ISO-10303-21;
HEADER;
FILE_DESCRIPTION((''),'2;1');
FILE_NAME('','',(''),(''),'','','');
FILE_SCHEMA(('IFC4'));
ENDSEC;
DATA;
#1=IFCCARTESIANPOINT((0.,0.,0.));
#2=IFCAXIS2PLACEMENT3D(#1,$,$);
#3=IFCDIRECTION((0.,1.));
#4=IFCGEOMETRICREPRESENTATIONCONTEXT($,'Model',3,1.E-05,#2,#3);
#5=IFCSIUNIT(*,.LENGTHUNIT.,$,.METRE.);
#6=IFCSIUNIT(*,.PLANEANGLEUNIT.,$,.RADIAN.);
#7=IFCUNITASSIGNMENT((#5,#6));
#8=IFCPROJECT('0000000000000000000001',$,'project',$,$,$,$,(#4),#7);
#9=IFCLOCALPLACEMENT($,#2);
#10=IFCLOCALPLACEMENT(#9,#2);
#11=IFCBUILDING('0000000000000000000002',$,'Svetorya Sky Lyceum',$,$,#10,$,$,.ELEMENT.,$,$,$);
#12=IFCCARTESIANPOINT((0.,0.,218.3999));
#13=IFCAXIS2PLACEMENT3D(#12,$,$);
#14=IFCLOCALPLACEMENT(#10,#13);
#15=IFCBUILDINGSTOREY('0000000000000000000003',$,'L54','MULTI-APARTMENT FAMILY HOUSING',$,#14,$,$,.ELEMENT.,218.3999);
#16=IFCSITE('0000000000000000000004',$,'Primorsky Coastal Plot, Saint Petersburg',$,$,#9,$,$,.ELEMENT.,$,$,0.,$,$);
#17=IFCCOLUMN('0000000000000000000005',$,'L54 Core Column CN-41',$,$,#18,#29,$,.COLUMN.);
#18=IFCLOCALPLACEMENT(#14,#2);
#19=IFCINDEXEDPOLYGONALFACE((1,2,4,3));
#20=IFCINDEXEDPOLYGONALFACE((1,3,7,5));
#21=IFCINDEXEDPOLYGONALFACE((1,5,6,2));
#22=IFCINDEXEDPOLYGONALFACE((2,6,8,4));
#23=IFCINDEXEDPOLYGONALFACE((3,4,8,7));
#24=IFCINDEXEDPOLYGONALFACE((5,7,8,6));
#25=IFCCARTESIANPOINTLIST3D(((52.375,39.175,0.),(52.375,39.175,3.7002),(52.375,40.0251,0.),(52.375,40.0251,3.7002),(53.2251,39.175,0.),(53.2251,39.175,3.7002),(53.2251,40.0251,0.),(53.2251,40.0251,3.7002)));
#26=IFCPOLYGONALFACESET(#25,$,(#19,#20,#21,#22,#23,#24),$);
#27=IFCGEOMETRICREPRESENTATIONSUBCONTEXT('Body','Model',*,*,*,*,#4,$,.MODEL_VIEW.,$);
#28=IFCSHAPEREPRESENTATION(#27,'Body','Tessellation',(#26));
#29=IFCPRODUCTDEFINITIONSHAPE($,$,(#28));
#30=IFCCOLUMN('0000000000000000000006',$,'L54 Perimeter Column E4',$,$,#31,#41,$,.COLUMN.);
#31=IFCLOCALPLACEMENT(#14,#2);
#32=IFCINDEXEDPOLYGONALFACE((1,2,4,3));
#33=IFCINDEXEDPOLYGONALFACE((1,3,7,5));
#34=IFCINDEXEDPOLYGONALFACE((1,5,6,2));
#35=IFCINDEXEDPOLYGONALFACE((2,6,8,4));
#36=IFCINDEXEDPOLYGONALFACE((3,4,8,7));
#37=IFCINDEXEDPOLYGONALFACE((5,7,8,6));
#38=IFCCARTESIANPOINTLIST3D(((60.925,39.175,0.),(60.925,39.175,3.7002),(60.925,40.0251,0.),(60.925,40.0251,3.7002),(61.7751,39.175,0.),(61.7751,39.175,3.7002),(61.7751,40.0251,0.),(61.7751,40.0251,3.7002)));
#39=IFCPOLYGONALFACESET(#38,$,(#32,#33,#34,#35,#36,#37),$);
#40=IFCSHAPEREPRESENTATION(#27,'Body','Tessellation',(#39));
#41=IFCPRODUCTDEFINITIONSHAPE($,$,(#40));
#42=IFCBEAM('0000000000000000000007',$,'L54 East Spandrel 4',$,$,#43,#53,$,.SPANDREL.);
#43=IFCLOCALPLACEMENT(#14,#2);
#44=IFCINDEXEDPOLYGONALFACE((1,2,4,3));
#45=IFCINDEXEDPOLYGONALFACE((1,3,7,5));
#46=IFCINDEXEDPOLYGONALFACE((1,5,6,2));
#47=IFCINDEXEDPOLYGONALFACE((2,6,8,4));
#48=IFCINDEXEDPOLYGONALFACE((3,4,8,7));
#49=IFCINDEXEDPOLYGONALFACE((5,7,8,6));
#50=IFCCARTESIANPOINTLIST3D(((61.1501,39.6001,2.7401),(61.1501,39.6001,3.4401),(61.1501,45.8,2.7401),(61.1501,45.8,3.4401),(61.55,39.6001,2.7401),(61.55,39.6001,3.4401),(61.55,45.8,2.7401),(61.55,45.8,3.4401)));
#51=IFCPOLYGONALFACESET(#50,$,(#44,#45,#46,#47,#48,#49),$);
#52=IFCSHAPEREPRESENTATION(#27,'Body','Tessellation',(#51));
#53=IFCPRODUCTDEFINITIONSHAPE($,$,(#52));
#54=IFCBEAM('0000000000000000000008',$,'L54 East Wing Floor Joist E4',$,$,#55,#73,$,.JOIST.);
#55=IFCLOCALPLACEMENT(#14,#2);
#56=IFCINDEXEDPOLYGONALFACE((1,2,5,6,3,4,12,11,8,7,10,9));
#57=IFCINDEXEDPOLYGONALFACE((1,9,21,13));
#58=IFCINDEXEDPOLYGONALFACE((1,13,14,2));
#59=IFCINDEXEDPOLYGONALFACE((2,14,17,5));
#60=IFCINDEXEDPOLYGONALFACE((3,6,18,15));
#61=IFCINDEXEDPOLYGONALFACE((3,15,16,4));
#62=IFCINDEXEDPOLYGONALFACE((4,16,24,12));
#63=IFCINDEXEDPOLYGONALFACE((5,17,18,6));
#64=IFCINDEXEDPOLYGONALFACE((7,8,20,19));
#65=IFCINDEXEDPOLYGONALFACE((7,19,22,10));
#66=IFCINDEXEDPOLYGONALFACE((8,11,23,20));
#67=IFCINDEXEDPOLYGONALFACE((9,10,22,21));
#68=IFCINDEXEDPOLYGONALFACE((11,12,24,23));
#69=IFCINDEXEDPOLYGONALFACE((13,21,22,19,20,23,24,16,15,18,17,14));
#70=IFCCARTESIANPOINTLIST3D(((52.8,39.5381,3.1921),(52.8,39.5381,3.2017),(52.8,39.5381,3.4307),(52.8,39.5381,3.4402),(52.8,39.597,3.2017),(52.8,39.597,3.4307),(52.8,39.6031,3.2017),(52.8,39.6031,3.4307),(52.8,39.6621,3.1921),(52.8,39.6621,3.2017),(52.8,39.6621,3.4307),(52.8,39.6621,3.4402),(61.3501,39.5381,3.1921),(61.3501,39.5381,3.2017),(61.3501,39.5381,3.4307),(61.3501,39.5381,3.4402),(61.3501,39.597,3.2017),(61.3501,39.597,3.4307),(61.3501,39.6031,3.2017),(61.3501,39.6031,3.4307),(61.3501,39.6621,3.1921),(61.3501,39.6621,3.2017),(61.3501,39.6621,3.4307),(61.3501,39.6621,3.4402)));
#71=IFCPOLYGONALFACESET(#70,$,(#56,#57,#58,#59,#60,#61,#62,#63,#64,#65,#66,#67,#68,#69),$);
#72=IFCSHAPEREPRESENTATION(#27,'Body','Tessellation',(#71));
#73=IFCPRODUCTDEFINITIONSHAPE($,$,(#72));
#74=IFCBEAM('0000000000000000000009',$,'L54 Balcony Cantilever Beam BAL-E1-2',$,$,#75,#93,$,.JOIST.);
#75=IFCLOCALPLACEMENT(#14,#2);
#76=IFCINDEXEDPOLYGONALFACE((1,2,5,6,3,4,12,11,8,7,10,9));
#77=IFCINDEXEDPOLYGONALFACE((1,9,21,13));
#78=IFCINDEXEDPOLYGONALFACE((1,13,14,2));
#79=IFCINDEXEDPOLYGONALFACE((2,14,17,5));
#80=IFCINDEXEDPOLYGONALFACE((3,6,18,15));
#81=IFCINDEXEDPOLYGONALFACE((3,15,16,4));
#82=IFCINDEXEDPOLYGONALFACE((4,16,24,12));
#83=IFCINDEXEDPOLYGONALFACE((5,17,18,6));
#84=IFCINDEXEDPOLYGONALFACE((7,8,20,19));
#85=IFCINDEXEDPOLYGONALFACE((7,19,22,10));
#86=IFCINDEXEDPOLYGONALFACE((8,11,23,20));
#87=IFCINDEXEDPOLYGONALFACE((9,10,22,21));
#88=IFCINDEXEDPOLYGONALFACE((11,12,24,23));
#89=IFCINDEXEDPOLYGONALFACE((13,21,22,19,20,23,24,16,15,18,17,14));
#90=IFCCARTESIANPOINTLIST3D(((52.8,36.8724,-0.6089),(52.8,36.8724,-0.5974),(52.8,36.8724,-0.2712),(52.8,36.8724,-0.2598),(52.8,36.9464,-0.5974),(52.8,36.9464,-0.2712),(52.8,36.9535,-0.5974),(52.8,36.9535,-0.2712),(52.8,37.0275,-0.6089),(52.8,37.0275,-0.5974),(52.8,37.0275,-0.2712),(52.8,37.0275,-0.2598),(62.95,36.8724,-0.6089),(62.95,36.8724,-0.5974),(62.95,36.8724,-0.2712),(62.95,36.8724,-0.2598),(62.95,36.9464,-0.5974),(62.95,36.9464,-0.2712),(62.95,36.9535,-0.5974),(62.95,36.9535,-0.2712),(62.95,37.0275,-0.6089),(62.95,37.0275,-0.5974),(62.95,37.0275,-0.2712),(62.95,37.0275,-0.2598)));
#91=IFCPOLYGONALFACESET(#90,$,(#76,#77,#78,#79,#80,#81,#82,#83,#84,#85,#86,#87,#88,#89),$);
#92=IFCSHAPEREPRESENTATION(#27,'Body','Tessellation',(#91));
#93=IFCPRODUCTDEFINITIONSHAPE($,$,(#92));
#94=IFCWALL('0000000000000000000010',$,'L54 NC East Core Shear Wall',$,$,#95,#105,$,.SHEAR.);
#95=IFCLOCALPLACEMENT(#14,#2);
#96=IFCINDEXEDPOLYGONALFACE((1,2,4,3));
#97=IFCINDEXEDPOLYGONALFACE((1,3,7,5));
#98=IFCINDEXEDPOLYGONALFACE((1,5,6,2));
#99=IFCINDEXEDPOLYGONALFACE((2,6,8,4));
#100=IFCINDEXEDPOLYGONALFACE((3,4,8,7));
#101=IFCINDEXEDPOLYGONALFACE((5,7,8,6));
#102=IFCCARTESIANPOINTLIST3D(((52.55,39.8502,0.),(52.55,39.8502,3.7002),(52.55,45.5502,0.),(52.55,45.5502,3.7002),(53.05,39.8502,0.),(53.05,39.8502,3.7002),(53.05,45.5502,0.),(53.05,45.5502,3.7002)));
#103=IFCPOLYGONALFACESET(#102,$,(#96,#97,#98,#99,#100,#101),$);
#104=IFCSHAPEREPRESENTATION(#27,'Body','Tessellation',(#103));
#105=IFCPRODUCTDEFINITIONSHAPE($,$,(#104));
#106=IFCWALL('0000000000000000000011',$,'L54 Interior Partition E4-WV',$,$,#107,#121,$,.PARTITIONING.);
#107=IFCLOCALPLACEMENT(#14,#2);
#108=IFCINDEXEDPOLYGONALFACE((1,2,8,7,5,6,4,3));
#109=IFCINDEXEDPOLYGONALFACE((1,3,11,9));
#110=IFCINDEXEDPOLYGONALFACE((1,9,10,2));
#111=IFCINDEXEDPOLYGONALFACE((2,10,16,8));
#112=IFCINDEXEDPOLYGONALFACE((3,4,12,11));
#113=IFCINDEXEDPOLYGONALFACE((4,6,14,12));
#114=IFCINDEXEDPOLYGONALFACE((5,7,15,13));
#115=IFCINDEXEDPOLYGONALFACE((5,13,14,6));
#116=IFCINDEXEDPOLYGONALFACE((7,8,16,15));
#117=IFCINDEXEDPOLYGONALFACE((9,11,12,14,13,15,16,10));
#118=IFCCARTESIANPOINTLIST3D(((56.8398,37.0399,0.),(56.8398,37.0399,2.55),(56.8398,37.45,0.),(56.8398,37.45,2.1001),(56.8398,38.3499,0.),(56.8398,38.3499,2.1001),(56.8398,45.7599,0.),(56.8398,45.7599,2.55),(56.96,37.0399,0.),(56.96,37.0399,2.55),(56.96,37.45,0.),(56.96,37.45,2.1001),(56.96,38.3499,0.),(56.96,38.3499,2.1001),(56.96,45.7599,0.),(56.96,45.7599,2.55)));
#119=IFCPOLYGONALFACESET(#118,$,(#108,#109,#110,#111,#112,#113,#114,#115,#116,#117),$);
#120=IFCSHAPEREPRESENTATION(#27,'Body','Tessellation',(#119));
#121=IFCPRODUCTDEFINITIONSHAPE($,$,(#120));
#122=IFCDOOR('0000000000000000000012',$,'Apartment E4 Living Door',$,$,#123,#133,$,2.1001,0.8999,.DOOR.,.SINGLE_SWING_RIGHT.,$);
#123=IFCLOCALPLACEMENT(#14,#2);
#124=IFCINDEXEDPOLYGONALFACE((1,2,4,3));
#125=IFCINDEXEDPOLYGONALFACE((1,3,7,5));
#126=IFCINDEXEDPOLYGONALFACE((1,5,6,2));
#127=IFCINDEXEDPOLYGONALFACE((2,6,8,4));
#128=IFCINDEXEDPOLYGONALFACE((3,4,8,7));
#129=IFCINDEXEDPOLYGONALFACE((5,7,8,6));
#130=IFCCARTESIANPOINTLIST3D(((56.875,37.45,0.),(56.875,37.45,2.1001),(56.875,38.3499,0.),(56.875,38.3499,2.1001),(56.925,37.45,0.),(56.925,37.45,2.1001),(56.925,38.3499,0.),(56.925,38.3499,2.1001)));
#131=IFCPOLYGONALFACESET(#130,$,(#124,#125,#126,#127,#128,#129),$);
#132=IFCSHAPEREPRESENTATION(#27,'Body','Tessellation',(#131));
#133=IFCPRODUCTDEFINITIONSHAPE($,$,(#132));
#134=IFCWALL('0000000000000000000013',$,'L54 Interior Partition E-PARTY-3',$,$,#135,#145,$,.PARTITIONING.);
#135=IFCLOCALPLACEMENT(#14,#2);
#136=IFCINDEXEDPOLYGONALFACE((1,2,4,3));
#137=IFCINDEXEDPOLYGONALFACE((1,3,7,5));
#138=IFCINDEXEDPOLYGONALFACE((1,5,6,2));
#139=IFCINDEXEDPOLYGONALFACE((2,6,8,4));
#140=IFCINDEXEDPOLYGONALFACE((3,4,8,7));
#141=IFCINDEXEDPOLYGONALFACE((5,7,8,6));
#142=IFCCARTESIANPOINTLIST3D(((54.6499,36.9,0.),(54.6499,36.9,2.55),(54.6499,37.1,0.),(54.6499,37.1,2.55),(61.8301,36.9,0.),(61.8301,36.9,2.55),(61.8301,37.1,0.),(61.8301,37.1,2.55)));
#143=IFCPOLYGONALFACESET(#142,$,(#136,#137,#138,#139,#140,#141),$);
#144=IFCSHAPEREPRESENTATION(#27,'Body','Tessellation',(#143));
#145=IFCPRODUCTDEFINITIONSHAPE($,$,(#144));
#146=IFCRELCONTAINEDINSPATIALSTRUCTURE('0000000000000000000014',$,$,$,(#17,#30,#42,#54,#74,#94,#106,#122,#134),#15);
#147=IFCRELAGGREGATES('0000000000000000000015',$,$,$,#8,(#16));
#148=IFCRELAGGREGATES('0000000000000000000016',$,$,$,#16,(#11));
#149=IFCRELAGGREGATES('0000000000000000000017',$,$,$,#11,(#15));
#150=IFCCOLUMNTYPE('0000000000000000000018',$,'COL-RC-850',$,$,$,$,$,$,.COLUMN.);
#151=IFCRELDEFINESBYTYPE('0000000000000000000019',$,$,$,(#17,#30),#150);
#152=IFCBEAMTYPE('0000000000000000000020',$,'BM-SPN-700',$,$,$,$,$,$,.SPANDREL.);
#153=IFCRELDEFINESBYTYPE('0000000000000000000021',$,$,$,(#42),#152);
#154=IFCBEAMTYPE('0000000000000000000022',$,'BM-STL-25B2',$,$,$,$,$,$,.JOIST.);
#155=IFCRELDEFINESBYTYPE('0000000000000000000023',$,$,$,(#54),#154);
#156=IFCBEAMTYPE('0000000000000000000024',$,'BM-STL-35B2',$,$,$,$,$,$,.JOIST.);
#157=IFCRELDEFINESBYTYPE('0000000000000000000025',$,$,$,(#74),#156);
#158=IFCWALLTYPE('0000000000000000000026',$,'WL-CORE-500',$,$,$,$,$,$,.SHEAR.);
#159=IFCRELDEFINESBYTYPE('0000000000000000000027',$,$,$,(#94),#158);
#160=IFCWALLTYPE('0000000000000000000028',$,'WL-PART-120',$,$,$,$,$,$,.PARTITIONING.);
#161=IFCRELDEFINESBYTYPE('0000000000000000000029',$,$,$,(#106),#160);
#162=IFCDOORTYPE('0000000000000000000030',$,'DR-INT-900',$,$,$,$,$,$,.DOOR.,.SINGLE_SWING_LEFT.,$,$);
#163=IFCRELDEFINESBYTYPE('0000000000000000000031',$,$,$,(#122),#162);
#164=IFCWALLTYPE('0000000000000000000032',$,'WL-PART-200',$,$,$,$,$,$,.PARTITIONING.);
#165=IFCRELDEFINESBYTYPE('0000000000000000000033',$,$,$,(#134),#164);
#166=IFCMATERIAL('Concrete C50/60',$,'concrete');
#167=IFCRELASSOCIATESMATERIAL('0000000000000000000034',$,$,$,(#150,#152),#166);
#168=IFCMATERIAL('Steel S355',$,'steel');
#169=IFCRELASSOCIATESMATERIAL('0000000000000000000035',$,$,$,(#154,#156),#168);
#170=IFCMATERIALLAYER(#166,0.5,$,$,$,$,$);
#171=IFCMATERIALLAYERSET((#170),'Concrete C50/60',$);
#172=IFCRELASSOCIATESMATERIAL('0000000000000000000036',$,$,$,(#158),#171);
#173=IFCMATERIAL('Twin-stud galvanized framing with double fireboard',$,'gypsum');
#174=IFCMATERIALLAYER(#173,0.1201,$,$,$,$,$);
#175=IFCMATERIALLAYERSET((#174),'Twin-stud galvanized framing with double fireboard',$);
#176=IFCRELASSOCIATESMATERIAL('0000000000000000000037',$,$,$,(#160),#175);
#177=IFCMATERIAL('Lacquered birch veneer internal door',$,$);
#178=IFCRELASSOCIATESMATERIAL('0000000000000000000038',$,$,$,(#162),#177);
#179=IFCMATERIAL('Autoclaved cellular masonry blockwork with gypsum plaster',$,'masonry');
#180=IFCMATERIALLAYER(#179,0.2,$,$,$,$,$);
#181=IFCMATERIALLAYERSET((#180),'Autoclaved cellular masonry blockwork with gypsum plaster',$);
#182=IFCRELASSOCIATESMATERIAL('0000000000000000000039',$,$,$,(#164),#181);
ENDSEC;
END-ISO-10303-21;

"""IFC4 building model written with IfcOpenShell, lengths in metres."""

from ifc_helpers import new_model, si_unit, direction, frame, frame_2d, origin, origin_2d, place, context, subcontext, project, spatial, rectangle, i_section, extrude, material, layer, layer_set, material_profile, profile_set, type_object, element, fill, save


model = new_model("IFC4")

# Units and contexts
model_context = context("Model", 3, precision=1e-05, world=origin(), true_north=direction((0.0, 1.0)))
body_context = subcontext(model_context, "Body", "Model", "MODEL_VIEW")
ifc_project = project(units=[si_unit("LENGTHUNIT", "METRE"), si_unit("PLANEANGLEUNIT", "RADIAN")], contexts=[model_context])

# Site, building, storey
site_placement = place(None, origin())
site = spatial("IfcSite", under=ifc_project, at=site_placement, Name="Primorsky Coastal Plot, Saint Petersburg", CompositionType="ELEMENT", RefElevation=0.0)
building_placement = place(site_placement, origin())
building = spatial("IfcBuilding", under=site, at=building_placement, Name="Svetorya Sky Lyceum", CompositionType="ELEMENT")
storey_placement = place(building_placement, frame((0.0, 0.0, 218.3999)))
storey = spatial("IfcBuildingStorey", under=building, at=storey_placement, Name="L54", Description="MULTI-APARTMENT FAMILY HOUSING", CompositionType="ELEMENT", Elevation=218.3999)

# Columns
ifc_material_1 = material(Name="Concrete C50/60", Category="concrete")
ifc_material_profile_1 = material_profile(ifc_material_1, rectangle(XDim=0.8501, YDim=0.8501, at=origin_2d()), Name="RC COL 850x850")
ifc_profile_set_1 = profile_set([ifc_material_profile_1], Name="Concrete C50/60")
column_type = type_object("IfcColumnType", Name="COL-RC-850", PredefinedType="COLUMN", material=ifc_profile_set_1)
for number, where, z_axis, x_axis, name in (
    (1, (52.8, 39.6001, 0.0), (0.0, 0.0, 1.0), (1.0, 0.0, 0.0), "L54 Core Column CN-41"),
    (2, (61.3501, 39.6001, 0.0), (0.0, 0.0, 1.0), (1.0, 0.0, 0.0), "L54 Perimeter Column E4"),
):
    element("IfcColumn", number, at=place(storey_placement, frame(where, z_axis=z_axis, x_axis=x_axis)), inside=storey, type_object=column_type, Name=name, PredefinedType="COLUMN", context=body_context, shape_type="SweptSolid", body=[
        extrude(rectangle(XDim=0.8501, YDim=0.8501, at=origin_2d()), origin(), (0.0, 0.0, 1.0), 3.7002),
    ])

# Beams
ifc_material_profile_2 = material_profile(ifc_material_1, rectangle(XDim=0.3999, YDim=0.7, at=origin_2d()), Name="RC SPANDREL 400x700")
ifc_profile_set_2 = profile_set([ifc_material_profile_2], Name="Concrete C50/60")
beam_type_1 = type_object("IfcBeamType", Name="BM-SPN-700", PredefinedType="SPANDREL", material=ifc_profile_set_2)
beam_1_placement = place(storey_placement, frame((61.3501, 39.6001, 3.0901), z_axis=(0.0, 1.0, 0.0), x_axis=(-1.0, 0.0, 0.0)))
element("IfcBeam", 3, at=beam_1_placement, inside=storey, type_object=beam_type_1, Name="L54 East Spandrel 4", PredefinedType="SPANDREL", context=body_context, shape_type="SweptSolid", body=[
    extrude(rectangle(XDim=0.3999, YDim=0.7, at=origin_2d()), origin(), (0.0, 0.0, 1.0), 6.2),
])
ifc_material_2 = material(Name="Steel S355", Category="steel")
ifc_material_profile_3 = material_profile(ifc_material_2, i_section(OverallWidth=0.124, OverallDepth=0.248, WebThickness=0.0061, FlangeThickness=0.0095, at=origin_2d()), Name="GOST 25B2")
ifc_profile_set_3 = profile_set([ifc_material_profile_3], Name="Steel S355")
beam_type_2 = type_object("IfcBeamType", Name="BM-STL-25B2", PredefinedType="JOIST", material=ifc_profile_set_3)
beam_2_placement = place(storey_placement, frame((52.8, 39.6001, 3.3162), z_axis=(1.0, 0.0, 0.0), x_axis=(0.0, 1.0, 0.0)))
element("IfcBeam", 4, at=beam_2_placement, inside=storey, type_object=beam_type_2, Name="L54 East Wing Floor Joist E4", PredefinedType="JOIST", context=body_context, shape_type="SweptSolid", body=[
    extrude(i_section(OverallWidth=0.124, OverallDepth=0.248, WebThickness=0.0061, FlangeThickness=0.0095, at=origin_2d()), origin(), (0.0, 0.0, 1.0), 8.55),
])
ifc_material_profile_4 = material_profile(ifc_material_2, i_section(OverallWidth=0.155, OverallDepth=0.3491, WebThickness=0.0071, FlangeThickness=0.0115, at=origin_2d()), Name="GOST 35B2")
ifc_profile_set_4 = profile_set([ifc_material_profile_4], Name="Steel S355")
beam_type_3 = type_object("IfcBeamType", Name="BM-STL-35B2", PredefinedType="JOIST", material=ifc_profile_set_4)
beam_3_placement = place(storey_placement, frame((52.8, 36.95, -0.4343), z_axis=(1.0, 0.0, 0.0), x_axis=(0.0, 1.0, 0.0)))
element("IfcBeam", 5, at=beam_3_placement, inside=storey, type_object=beam_type_3, Name="L54 Balcony Cantilever Beam BAL-E1-2", PredefinedType="JOIST", context=body_context, shape_type="SweptSolid", body=[
    extrude(i_section(OverallWidth=0.155, OverallDepth=0.3491, WebThickness=0.0071, FlangeThickness=0.0115, at=origin_2d()), origin(), (0.0, 0.0, 1.0), 10.1499),
])

# Wall
ifc_layer_1 = layer(ifc_material_1, 0.5)
ifc_layer_set_1 = layer_set([ifc_layer_1], Name="Concrete C50/60")
wall_type_1 = type_object("IfcWallType", Name="WL-CORE-500", PredefinedType="SHEAR", material=ifc_layer_set_1)
wall_1_placement = place(storey_placement, frame((52.8, 39.8501, 0.0), z_axis=(0.0, 0.0, 1.0), x_axis=(0.0, 1.0, 0.0)))
element("IfcWall", 6, at=wall_1_placement, inside=storey, type_object=wall_type_1, Name="L54 NC East Core Shear Wall", PredefinedType="SHEAR", context=body_context, shape_type="SweptSolid", body=[
    extrude(rectangle(XDim=5.7, YDim=0.5, at=frame_2d((2.8501, 0.0))), origin(), (0.0, 0.0, 1.0), 3.7002),
])

# Wall, opening, door
ifc_material_3 = material(Name="Twin-stud galvanized framing with double fireboard", Category="gypsum")
ifc_layer_2 = layer(ifc_material_3, 0.1201)
ifc_layer_set_2 = layer_set([ifc_layer_2], Name="Twin-stud galvanized framing with double fireboard")
wall_type_2 = type_object("IfcWallType", Name="WL-PART-120", PredefinedType="PARTITIONING", material=ifc_layer_set_2)
wall_2_placement = place(storey_placement, frame((56.8999, 37.04, 0.0), z_axis=(0.0, 0.0, 1.0), x_axis=(0.0, 1.0, 0.0)))
wall_2 = element("IfcWall", 7, at=wall_2_placement, inside=storey, type_object=wall_type_2, Name="L54 Interior Partition E4-WV", PredefinedType="PARTITIONING", context=body_context, shape_type="SweptSolid", body=[
    extrude(rectangle(XDim=8.72, YDim=0.1201, at=frame_2d((4.3599, 0.0))), origin(), (0.0, 0.0, 1.0), 2.55),
])
opening_1_placement = place(wall_2_placement, frame((0.4099, 0.0, 0.0)))
opening_1 = element("IfcOpeningElement", 8, at=opening_1_placement, cuts=wall_2, PredefinedType="OPENING", context=body_context, shape_type="SweptSolid", body=[
    extrude(rectangle(XDim=0.8999, YDim=2.1001, at=frame_2d((0.45, 1.05))), frame((0.0, 0.0701, 0.0), z_axis=(0.0, -1.0, 0.0), x_axis=(1.0, 0.0, 0.0)), (0.0, 0.0, 1.0), 0.1401),
])
ifc_material_4 = material(Name="Lacquered birch veneer internal door")
door_type_1 = type_object("IfcDoorType", Name="DR-INT-900", OperationType="SINGLE_SWING_LEFT", PredefinedType="DOOR", material=ifc_material_4)
door_1_placement = place(opening_1_placement, origin())
door_1 = element("IfcDoor", 9, at=door_1_placement, inside=storey, type_object=door_type_1, Name="Apartment E4 Living Door", OperationType="SINGLE_SWING_RIGHT", OverallHeight=2.1001, OverallWidth=0.8999, PredefinedType="DOOR", context=body_context, shape_type="SweptSolid", body=[
    extrude(rectangle(XDim=0.8999, YDim=2.1001, at=frame_2d((0.45, 1.05))), frame((0.0, 0.0249, 0.0), z_axis=(0.0, -1.0, 0.0), x_axis=(1.0, 0.0, 0.0)), (0.0, 0.0, 1.0), 0.05),
])
fill(opening_1, door_1)

# Wall
ifc_material_5 = material(Name="Autoclaved cellular masonry blockwork with gypsum plaster", Category="masonry")
ifc_layer_3 = layer(ifc_material_5, 0.2)
ifc_layer_set_3 = layer_set([ifc_layer_3], Name="Autoclaved cellular masonry blockwork with gypsum plaster")
wall_type_3 = type_object("IfcWallType", Name="WL-PART-200", PredefinedType="PARTITIONING", material=ifc_layer_set_3)
wall_3_placement = place(storey_placement, frame((54.6499, 37.0, 0.0), z_axis=(0.0, 0.0, 1.0), x_axis=(1.0, 0.0, 0.0)))
element("IfcWall", 10, at=wall_3_placement, inside=storey, type_object=wall_type_3, Name="L54 Interior Partition E-PARTY-3", PredefinedType="PARTITIONING", context=body_context, shape_type="SweptSolid", body=[
    extrude(rectangle(XDim=7.1802, YDim=0.2, at=frame_2d((3.5901, 0.0))), origin(), (0.0, 0.0, 1.0), 2.55),
])

save(model, "model.ifc")
